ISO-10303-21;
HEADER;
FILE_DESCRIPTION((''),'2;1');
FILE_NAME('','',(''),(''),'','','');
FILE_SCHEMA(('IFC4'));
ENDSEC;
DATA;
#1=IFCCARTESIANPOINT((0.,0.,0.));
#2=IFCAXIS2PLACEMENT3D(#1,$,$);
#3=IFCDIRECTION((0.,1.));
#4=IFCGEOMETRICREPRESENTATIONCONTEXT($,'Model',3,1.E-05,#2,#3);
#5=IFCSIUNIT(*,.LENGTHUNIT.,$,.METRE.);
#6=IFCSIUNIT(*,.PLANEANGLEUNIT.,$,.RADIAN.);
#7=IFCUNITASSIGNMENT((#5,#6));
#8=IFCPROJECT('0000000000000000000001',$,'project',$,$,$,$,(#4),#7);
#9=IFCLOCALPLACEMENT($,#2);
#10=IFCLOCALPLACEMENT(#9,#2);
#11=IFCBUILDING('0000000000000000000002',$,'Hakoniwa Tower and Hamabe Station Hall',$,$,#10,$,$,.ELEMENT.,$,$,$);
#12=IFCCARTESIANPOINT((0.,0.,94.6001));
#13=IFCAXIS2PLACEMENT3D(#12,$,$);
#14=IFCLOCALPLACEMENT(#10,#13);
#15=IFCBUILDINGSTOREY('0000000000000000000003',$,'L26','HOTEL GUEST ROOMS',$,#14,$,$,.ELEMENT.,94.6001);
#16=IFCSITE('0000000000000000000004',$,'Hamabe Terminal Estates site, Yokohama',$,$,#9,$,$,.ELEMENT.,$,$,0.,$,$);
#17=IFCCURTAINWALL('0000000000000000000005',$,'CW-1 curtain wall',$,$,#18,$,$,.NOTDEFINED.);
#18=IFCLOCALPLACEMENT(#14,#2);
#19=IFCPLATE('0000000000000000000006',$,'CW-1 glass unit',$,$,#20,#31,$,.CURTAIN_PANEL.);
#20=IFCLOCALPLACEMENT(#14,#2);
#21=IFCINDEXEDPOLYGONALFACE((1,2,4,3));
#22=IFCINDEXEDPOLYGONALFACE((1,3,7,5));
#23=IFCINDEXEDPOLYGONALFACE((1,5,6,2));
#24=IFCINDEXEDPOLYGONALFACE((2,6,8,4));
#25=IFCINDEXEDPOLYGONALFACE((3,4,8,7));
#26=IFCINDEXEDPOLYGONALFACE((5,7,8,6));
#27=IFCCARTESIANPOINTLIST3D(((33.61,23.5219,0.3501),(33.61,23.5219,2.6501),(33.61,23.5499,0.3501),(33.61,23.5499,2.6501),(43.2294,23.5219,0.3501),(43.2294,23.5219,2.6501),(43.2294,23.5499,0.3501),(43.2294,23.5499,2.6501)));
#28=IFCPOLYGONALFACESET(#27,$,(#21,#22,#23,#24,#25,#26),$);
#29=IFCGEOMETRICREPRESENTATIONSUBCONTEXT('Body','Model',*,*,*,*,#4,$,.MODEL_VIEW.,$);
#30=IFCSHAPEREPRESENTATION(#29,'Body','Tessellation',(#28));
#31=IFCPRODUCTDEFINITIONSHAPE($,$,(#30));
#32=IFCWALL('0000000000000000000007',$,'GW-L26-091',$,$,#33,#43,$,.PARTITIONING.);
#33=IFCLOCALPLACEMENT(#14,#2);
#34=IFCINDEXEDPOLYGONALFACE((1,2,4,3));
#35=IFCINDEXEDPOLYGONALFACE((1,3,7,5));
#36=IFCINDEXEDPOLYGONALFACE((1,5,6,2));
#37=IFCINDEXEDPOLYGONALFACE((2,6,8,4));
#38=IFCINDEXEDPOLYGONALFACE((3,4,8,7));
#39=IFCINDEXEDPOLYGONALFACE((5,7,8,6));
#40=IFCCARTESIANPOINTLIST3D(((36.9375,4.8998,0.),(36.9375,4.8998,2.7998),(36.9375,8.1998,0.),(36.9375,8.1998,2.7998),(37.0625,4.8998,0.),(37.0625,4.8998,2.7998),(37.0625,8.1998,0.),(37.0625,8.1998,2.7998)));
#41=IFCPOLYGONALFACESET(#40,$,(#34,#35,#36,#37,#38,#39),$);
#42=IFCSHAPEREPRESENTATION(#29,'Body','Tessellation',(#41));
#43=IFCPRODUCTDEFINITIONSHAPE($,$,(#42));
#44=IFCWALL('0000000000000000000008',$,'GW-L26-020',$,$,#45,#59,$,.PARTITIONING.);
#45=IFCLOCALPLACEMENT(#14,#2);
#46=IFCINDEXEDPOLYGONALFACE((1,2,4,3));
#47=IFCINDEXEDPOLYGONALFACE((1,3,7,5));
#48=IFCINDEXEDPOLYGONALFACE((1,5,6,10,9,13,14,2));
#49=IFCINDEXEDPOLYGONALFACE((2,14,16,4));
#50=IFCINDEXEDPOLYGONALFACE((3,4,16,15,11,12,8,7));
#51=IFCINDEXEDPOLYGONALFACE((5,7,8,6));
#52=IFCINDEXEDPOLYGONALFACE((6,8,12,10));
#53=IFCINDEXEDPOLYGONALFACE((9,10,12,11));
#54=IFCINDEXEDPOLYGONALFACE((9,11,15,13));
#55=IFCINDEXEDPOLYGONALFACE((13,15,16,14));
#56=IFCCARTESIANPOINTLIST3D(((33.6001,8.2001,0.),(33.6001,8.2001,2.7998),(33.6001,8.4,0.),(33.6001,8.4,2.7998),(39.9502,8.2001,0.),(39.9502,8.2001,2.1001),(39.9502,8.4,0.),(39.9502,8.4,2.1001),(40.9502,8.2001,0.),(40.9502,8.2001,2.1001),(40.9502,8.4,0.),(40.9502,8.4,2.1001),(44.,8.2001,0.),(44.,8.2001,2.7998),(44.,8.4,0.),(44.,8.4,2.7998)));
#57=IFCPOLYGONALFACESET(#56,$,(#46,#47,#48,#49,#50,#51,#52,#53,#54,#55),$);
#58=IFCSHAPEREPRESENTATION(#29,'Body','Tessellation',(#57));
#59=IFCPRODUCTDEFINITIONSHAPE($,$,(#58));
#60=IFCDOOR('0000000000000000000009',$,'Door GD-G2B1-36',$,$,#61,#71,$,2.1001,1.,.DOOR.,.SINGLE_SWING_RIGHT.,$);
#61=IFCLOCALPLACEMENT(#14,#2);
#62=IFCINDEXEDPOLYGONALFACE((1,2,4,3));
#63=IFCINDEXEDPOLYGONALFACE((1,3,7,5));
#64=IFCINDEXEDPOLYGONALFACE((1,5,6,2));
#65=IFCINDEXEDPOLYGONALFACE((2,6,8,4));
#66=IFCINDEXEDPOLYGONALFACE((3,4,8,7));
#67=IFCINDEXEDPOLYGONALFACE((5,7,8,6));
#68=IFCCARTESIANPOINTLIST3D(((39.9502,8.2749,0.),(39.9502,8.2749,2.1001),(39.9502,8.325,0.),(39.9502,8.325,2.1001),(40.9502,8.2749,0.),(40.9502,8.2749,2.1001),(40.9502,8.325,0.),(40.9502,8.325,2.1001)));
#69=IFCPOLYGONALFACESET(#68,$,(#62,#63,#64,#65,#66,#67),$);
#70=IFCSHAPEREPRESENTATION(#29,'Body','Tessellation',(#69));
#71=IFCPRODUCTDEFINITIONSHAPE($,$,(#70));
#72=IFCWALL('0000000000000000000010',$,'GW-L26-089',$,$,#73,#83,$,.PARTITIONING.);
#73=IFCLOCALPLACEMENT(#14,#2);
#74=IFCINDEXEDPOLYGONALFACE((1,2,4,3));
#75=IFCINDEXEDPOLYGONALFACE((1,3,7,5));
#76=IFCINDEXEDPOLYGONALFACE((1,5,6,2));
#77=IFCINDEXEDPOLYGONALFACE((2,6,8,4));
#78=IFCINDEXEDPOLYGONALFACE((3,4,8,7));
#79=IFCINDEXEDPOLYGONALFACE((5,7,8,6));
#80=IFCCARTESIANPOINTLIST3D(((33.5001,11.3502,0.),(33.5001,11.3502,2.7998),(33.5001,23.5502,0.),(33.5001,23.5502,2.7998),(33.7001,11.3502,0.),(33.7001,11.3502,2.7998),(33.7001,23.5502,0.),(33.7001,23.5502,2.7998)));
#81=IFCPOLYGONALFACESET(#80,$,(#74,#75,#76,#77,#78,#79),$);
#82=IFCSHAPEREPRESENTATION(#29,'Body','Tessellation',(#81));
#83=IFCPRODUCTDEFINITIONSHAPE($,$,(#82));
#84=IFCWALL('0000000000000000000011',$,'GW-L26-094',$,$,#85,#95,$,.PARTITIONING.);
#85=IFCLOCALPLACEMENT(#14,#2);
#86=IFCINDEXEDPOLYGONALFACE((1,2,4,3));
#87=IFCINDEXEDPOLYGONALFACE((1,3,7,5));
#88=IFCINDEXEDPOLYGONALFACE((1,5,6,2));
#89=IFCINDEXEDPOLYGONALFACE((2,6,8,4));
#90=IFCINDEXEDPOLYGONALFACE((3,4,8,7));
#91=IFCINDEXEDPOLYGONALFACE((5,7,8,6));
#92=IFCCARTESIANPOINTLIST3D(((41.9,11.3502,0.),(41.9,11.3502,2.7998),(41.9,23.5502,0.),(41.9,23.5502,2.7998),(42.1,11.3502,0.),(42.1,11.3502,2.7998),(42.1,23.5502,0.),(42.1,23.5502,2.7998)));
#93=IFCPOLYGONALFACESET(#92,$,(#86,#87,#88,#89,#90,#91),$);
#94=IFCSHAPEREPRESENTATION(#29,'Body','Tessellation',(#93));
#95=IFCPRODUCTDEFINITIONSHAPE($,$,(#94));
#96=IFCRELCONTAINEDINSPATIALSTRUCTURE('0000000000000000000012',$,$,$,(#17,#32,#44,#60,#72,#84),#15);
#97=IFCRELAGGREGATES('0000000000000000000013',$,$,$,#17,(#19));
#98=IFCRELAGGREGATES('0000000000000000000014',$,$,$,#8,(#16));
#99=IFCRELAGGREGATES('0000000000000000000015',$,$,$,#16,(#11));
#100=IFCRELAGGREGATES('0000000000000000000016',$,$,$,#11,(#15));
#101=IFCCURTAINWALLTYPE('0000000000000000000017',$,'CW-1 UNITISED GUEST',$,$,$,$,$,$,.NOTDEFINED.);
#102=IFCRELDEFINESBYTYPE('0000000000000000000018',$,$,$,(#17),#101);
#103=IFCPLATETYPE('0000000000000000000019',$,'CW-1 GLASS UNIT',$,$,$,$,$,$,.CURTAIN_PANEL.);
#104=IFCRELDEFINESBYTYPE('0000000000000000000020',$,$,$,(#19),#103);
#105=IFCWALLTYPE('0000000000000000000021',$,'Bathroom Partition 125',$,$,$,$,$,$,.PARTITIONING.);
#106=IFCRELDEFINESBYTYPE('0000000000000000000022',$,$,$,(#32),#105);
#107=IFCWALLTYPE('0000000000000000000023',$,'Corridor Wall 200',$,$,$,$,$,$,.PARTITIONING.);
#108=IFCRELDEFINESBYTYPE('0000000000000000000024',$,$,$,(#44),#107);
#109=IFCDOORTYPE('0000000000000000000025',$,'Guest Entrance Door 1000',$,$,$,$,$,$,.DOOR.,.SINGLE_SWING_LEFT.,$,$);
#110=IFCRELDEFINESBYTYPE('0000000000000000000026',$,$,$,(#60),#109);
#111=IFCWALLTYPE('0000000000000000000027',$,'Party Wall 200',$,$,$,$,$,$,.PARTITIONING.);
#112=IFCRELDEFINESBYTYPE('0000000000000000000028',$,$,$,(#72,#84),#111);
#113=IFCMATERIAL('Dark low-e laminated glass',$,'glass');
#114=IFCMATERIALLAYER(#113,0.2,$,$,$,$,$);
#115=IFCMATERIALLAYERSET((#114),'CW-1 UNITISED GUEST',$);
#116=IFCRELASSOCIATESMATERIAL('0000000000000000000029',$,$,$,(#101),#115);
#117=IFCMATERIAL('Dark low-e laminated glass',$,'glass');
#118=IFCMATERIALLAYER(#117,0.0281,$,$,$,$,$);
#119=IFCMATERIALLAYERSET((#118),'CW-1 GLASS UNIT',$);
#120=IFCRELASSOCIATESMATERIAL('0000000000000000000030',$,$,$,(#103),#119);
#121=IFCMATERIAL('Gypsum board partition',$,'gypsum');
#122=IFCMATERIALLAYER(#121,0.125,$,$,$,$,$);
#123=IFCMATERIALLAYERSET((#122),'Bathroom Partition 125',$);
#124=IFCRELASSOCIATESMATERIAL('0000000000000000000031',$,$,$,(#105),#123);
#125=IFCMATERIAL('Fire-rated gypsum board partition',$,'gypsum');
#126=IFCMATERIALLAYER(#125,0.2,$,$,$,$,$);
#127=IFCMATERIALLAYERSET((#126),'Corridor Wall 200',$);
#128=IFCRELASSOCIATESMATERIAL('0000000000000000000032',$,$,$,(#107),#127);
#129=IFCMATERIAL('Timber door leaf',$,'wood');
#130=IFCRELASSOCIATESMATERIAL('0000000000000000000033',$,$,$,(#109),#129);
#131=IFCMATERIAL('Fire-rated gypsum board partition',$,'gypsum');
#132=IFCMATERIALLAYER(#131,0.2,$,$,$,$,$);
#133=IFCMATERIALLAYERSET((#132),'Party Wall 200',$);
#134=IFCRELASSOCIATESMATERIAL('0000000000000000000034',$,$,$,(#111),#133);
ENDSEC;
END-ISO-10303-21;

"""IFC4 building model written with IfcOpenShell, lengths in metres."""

from ifc_helpers import new_model, si_unit, direction, frame, frame_2d, origin, origin_2d, place, context, subcontext, project, spatial, rectangle, extrude, material, layer, layer_set, type_object, element, fill, aggregate, save


model = new_model("IFC4")

# Units and contexts
model_context = context("Model", 3, precision=1e-05, world=origin(), true_north=direction((0.0, 1.0)))
body_context = subcontext(model_context, "Body", "Model", "MODEL_VIEW")
ifc_project = project(units=[si_unit("LENGTHUNIT", "METRE"), si_unit("PLANEANGLEUNIT", "RADIAN")], contexts=[model_context])

# Site, building, storey
site_placement = place(None, origin())
site = spatial("IfcSite", under=ifc_project, at=site_placement, Name="Hamabe Terminal Estates site, Yokohama", CompositionType="ELEMENT", RefElevation=0.0)
building_placement = place(site_placement, origin())
building = spatial("IfcBuilding", under=site, at=building_placement, Name="Hakoniwa Tower and Hamabe Station Hall", CompositionType="ELEMENT")
storey_placement = place(building_placement, frame((0.0, 0.0, 94.6001)))
storey = spatial("IfcBuildingStorey", under=building, at=storey_placement, Name="L26", Description="HOTEL GUEST ROOMS", CompositionType="ELEMENT", Elevation=94.6001)

# Curtain wall
ifc_material_1 = material(Name="Dark low-e laminated glass", Category="glass")
ifc_layer_1 = layer(ifc_material_1, 0.2)
ifc_layer_set_1 = layer_set([ifc_layer_1], Name="CW-1 UNITISED GUEST")
curtain_wall_type = type_object("IfcCurtainWallType", Name="CW-1 UNITISED GUEST", PredefinedType="NOTDEFINED", material=ifc_layer_set_1)
curtain_wall_1_placement = place(storey_placement, origin())
curtain_wall_1 = element("IfcCurtainWall", 1, at=curtain_wall_1_placement, inside=storey, type_object=curtain_wall_type, Name="CW-1 curtain wall", PredefinedType="NOTDEFINED")

# Plate
ifc_material_2 = material(Name="Dark low-e laminated glass", Category="glass")
ifc_layer_2 = layer(ifc_material_2, 0.0281)
ifc_layer_set_2 = layer_set([ifc_layer_2], Name="CW-1 GLASS UNIT")
plate_type = type_object("IfcPlateType", Name="CW-1 GLASS UNIT", PredefinedType="CURTAIN_PANEL", material=ifc_layer_set_2)
plate_1_placement = place(storey_placement, frame((38.4197, 23.5359, 0.3501), z_axis=(0.0, 0.0, 1.0), x_axis=(-1.0, 0.0, 0.0)))
plate_1 = element("IfcPlate", 2, at=plate_1_placement, type_object=plate_type, Name="CW-1 glass unit", PredefinedType="CURTAIN_PANEL", context=body_context, shape_type="SweptSolid", body=[
    extrude(rectangle(XDim=9.6194, YDim=0.0281, at=origin_2d()), origin(), (0.0, 0.0, 1.0), 2.3),
])
aggregate(curtain_wall_1, [plate_1])

# Wall
ifc_material_3 = material(Name="Gypsum board partition", Category="gypsum")
ifc_layer_3 = layer(ifc_material_3, 0.125)
ifc_layer_set_3 = layer_set([ifc_layer_3], Name="Bathroom Partition 125")
wall_type_1 = type_object("IfcWallType", Name="Bathroom Partition 125", PredefinedType="PARTITIONING", material=ifc_layer_set_3)
wall_1_placement = place(storey_placement, frame((37.0, 4.8999, 0.0), z_axis=(0.0, 0.0, 1.0), x_axis=(0.0, 1.0, 0.0)))
element("IfcWall", 3, at=wall_1_placement, inside=storey, type_object=wall_type_1, Name="GW-L26-091", PredefinedType="PARTITIONING", context=body_context, shape_type="SweptSolid", body=[
    extrude(rectangle(XDim=3.3, YDim=0.125, at=frame_2d((1.6499, 0.0))), origin(), (0.0, 0.0, 1.0), 2.7998),
])

# Wall, opening, door
ifc_material_4 = material(Name="Fire-rated gypsum board partition", Category="gypsum")
ifc_layer_4 = layer(ifc_material_4, 0.2)
ifc_layer_set_4 = layer_set([ifc_layer_4], Name="Corridor Wall 200")
wall_type_2 = type_object("IfcWallType", Name="Corridor Wall 200", PredefinedType="PARTITIONING", material=ifc_layer_set_4)
wall_2_placement = place(storey_placement, frame((33.6001, 8.3, 0.0), z_axis=(0.0, 0.0, 1.0), x_axis=(1.0, 0.0, 0.0)))
wall_2 = element("IfcWall", 4, at=wall_2_placement, inside=storey, type_object=wall_type_2, Name="GW-L26-020", PredefinedType="PARTITIONING", context=body_context, shape_type="SweptSolid", body=[
    extrude(rectangle(XDim=10.3999, YDim=0.2, at=frame_2d((5.2, 0.0))), origin(), (0.0, 0.0, 1.0), 2.7998),
])
opening_placement = place(wall_2_placement, frame((6.3501, 0.0, 0.0)))
opening = element("IfcOpeningElement", 5, at=opening_placement, cuts=wall_2, PredefinedType="OPENING", context=body_context, shape_type="SweptSolid", body=[
    extrude(rectangle(XDim=1.0, YDim=2.1001, at=frame_2d((0.5, 1.05))), frame((0.0, 0.1099, 0.0), z_axis=(0.0, -1.0, 0.0), x_axis=(1.0, 0.0, 0.0)), (0.0, 0.0, 1.0), 0.22),
])
ifc_material_5 = material(Name="Timber door leaf", Category="wood")
door_type = type_object("IfcDoorType", Name="Guest Entrance Door 1000", OperationType="SINGLE_SWING_LEFT", PredefinedType="DOOR", material=ifc_material_5)
door_placement = place(opening_placement, origin())
door = element("IfcDoor", 6, at=door_placement, inside=storey, type_object=door_type, Name="Door GD-G2B1-36", OperationType="SINGLE_SWING_RIGHT", OverallHeight=2.1001, OverallWidth=1.0, PredefinedType="DOOR", context=body_context, shape_type="SweptSolid", body=[
    extrude(rectangle(XDim=1.0, YDim=2.1001, at=frame_2d((0.5, 1.05))), frame((0.0, 0.0249, 0.0), z_axis=(0.0, -1.0, 0.0), x_axis=(1.0, 0.0, 0.0)), (0.0, 0.0, 1.0), 0.05),
])
fill(opening, door)

# Walls
ifc_material_6 = material(Name="Fire-rated gypsum board partition", Category="gypsum")
ifc_layer_5 = layer(ifc_material_6, 0.2)
ifc_layer_set_5 = layer_set([ifc_layer_5], Name="Party Wall 200")
wall_type_3 = type_object("IfcWallType", Name="Party Wall 200", PredefinedType="PARTITIONING", material=ifc_layer_set_5)
for number, where, z_axis, x_axis, name in (
    (7, (33.6001, 11.3501, 0.0), (0.0, 0.0, 1.0), (0.0, 1.0, 0.0), "GW-L26-089"),
    (8, (42.0, 11.3501, 0.0), (0.0, 0.0, 1.0), (0.0, 1.0, 0.0), "GW-L26-094"),
):
    element("IfcWall", number, at=place(storey_placement, frame(where, z_axis=z_axis, x_axis=x_axis)), inside=storey, type_object=wall_type_3, Name=name, PredefinedType="PARTITIONING", context=body_context, shape_type="SweptSolid", body=[
        extrude(rectangle(XDim=12.2, YDim=0.2, at=frame_2d((6.1001, 0.0))), origin(), (0.0, 0.0, 1.0), 2.7998),
    ])

save(model, "model.ifc")
